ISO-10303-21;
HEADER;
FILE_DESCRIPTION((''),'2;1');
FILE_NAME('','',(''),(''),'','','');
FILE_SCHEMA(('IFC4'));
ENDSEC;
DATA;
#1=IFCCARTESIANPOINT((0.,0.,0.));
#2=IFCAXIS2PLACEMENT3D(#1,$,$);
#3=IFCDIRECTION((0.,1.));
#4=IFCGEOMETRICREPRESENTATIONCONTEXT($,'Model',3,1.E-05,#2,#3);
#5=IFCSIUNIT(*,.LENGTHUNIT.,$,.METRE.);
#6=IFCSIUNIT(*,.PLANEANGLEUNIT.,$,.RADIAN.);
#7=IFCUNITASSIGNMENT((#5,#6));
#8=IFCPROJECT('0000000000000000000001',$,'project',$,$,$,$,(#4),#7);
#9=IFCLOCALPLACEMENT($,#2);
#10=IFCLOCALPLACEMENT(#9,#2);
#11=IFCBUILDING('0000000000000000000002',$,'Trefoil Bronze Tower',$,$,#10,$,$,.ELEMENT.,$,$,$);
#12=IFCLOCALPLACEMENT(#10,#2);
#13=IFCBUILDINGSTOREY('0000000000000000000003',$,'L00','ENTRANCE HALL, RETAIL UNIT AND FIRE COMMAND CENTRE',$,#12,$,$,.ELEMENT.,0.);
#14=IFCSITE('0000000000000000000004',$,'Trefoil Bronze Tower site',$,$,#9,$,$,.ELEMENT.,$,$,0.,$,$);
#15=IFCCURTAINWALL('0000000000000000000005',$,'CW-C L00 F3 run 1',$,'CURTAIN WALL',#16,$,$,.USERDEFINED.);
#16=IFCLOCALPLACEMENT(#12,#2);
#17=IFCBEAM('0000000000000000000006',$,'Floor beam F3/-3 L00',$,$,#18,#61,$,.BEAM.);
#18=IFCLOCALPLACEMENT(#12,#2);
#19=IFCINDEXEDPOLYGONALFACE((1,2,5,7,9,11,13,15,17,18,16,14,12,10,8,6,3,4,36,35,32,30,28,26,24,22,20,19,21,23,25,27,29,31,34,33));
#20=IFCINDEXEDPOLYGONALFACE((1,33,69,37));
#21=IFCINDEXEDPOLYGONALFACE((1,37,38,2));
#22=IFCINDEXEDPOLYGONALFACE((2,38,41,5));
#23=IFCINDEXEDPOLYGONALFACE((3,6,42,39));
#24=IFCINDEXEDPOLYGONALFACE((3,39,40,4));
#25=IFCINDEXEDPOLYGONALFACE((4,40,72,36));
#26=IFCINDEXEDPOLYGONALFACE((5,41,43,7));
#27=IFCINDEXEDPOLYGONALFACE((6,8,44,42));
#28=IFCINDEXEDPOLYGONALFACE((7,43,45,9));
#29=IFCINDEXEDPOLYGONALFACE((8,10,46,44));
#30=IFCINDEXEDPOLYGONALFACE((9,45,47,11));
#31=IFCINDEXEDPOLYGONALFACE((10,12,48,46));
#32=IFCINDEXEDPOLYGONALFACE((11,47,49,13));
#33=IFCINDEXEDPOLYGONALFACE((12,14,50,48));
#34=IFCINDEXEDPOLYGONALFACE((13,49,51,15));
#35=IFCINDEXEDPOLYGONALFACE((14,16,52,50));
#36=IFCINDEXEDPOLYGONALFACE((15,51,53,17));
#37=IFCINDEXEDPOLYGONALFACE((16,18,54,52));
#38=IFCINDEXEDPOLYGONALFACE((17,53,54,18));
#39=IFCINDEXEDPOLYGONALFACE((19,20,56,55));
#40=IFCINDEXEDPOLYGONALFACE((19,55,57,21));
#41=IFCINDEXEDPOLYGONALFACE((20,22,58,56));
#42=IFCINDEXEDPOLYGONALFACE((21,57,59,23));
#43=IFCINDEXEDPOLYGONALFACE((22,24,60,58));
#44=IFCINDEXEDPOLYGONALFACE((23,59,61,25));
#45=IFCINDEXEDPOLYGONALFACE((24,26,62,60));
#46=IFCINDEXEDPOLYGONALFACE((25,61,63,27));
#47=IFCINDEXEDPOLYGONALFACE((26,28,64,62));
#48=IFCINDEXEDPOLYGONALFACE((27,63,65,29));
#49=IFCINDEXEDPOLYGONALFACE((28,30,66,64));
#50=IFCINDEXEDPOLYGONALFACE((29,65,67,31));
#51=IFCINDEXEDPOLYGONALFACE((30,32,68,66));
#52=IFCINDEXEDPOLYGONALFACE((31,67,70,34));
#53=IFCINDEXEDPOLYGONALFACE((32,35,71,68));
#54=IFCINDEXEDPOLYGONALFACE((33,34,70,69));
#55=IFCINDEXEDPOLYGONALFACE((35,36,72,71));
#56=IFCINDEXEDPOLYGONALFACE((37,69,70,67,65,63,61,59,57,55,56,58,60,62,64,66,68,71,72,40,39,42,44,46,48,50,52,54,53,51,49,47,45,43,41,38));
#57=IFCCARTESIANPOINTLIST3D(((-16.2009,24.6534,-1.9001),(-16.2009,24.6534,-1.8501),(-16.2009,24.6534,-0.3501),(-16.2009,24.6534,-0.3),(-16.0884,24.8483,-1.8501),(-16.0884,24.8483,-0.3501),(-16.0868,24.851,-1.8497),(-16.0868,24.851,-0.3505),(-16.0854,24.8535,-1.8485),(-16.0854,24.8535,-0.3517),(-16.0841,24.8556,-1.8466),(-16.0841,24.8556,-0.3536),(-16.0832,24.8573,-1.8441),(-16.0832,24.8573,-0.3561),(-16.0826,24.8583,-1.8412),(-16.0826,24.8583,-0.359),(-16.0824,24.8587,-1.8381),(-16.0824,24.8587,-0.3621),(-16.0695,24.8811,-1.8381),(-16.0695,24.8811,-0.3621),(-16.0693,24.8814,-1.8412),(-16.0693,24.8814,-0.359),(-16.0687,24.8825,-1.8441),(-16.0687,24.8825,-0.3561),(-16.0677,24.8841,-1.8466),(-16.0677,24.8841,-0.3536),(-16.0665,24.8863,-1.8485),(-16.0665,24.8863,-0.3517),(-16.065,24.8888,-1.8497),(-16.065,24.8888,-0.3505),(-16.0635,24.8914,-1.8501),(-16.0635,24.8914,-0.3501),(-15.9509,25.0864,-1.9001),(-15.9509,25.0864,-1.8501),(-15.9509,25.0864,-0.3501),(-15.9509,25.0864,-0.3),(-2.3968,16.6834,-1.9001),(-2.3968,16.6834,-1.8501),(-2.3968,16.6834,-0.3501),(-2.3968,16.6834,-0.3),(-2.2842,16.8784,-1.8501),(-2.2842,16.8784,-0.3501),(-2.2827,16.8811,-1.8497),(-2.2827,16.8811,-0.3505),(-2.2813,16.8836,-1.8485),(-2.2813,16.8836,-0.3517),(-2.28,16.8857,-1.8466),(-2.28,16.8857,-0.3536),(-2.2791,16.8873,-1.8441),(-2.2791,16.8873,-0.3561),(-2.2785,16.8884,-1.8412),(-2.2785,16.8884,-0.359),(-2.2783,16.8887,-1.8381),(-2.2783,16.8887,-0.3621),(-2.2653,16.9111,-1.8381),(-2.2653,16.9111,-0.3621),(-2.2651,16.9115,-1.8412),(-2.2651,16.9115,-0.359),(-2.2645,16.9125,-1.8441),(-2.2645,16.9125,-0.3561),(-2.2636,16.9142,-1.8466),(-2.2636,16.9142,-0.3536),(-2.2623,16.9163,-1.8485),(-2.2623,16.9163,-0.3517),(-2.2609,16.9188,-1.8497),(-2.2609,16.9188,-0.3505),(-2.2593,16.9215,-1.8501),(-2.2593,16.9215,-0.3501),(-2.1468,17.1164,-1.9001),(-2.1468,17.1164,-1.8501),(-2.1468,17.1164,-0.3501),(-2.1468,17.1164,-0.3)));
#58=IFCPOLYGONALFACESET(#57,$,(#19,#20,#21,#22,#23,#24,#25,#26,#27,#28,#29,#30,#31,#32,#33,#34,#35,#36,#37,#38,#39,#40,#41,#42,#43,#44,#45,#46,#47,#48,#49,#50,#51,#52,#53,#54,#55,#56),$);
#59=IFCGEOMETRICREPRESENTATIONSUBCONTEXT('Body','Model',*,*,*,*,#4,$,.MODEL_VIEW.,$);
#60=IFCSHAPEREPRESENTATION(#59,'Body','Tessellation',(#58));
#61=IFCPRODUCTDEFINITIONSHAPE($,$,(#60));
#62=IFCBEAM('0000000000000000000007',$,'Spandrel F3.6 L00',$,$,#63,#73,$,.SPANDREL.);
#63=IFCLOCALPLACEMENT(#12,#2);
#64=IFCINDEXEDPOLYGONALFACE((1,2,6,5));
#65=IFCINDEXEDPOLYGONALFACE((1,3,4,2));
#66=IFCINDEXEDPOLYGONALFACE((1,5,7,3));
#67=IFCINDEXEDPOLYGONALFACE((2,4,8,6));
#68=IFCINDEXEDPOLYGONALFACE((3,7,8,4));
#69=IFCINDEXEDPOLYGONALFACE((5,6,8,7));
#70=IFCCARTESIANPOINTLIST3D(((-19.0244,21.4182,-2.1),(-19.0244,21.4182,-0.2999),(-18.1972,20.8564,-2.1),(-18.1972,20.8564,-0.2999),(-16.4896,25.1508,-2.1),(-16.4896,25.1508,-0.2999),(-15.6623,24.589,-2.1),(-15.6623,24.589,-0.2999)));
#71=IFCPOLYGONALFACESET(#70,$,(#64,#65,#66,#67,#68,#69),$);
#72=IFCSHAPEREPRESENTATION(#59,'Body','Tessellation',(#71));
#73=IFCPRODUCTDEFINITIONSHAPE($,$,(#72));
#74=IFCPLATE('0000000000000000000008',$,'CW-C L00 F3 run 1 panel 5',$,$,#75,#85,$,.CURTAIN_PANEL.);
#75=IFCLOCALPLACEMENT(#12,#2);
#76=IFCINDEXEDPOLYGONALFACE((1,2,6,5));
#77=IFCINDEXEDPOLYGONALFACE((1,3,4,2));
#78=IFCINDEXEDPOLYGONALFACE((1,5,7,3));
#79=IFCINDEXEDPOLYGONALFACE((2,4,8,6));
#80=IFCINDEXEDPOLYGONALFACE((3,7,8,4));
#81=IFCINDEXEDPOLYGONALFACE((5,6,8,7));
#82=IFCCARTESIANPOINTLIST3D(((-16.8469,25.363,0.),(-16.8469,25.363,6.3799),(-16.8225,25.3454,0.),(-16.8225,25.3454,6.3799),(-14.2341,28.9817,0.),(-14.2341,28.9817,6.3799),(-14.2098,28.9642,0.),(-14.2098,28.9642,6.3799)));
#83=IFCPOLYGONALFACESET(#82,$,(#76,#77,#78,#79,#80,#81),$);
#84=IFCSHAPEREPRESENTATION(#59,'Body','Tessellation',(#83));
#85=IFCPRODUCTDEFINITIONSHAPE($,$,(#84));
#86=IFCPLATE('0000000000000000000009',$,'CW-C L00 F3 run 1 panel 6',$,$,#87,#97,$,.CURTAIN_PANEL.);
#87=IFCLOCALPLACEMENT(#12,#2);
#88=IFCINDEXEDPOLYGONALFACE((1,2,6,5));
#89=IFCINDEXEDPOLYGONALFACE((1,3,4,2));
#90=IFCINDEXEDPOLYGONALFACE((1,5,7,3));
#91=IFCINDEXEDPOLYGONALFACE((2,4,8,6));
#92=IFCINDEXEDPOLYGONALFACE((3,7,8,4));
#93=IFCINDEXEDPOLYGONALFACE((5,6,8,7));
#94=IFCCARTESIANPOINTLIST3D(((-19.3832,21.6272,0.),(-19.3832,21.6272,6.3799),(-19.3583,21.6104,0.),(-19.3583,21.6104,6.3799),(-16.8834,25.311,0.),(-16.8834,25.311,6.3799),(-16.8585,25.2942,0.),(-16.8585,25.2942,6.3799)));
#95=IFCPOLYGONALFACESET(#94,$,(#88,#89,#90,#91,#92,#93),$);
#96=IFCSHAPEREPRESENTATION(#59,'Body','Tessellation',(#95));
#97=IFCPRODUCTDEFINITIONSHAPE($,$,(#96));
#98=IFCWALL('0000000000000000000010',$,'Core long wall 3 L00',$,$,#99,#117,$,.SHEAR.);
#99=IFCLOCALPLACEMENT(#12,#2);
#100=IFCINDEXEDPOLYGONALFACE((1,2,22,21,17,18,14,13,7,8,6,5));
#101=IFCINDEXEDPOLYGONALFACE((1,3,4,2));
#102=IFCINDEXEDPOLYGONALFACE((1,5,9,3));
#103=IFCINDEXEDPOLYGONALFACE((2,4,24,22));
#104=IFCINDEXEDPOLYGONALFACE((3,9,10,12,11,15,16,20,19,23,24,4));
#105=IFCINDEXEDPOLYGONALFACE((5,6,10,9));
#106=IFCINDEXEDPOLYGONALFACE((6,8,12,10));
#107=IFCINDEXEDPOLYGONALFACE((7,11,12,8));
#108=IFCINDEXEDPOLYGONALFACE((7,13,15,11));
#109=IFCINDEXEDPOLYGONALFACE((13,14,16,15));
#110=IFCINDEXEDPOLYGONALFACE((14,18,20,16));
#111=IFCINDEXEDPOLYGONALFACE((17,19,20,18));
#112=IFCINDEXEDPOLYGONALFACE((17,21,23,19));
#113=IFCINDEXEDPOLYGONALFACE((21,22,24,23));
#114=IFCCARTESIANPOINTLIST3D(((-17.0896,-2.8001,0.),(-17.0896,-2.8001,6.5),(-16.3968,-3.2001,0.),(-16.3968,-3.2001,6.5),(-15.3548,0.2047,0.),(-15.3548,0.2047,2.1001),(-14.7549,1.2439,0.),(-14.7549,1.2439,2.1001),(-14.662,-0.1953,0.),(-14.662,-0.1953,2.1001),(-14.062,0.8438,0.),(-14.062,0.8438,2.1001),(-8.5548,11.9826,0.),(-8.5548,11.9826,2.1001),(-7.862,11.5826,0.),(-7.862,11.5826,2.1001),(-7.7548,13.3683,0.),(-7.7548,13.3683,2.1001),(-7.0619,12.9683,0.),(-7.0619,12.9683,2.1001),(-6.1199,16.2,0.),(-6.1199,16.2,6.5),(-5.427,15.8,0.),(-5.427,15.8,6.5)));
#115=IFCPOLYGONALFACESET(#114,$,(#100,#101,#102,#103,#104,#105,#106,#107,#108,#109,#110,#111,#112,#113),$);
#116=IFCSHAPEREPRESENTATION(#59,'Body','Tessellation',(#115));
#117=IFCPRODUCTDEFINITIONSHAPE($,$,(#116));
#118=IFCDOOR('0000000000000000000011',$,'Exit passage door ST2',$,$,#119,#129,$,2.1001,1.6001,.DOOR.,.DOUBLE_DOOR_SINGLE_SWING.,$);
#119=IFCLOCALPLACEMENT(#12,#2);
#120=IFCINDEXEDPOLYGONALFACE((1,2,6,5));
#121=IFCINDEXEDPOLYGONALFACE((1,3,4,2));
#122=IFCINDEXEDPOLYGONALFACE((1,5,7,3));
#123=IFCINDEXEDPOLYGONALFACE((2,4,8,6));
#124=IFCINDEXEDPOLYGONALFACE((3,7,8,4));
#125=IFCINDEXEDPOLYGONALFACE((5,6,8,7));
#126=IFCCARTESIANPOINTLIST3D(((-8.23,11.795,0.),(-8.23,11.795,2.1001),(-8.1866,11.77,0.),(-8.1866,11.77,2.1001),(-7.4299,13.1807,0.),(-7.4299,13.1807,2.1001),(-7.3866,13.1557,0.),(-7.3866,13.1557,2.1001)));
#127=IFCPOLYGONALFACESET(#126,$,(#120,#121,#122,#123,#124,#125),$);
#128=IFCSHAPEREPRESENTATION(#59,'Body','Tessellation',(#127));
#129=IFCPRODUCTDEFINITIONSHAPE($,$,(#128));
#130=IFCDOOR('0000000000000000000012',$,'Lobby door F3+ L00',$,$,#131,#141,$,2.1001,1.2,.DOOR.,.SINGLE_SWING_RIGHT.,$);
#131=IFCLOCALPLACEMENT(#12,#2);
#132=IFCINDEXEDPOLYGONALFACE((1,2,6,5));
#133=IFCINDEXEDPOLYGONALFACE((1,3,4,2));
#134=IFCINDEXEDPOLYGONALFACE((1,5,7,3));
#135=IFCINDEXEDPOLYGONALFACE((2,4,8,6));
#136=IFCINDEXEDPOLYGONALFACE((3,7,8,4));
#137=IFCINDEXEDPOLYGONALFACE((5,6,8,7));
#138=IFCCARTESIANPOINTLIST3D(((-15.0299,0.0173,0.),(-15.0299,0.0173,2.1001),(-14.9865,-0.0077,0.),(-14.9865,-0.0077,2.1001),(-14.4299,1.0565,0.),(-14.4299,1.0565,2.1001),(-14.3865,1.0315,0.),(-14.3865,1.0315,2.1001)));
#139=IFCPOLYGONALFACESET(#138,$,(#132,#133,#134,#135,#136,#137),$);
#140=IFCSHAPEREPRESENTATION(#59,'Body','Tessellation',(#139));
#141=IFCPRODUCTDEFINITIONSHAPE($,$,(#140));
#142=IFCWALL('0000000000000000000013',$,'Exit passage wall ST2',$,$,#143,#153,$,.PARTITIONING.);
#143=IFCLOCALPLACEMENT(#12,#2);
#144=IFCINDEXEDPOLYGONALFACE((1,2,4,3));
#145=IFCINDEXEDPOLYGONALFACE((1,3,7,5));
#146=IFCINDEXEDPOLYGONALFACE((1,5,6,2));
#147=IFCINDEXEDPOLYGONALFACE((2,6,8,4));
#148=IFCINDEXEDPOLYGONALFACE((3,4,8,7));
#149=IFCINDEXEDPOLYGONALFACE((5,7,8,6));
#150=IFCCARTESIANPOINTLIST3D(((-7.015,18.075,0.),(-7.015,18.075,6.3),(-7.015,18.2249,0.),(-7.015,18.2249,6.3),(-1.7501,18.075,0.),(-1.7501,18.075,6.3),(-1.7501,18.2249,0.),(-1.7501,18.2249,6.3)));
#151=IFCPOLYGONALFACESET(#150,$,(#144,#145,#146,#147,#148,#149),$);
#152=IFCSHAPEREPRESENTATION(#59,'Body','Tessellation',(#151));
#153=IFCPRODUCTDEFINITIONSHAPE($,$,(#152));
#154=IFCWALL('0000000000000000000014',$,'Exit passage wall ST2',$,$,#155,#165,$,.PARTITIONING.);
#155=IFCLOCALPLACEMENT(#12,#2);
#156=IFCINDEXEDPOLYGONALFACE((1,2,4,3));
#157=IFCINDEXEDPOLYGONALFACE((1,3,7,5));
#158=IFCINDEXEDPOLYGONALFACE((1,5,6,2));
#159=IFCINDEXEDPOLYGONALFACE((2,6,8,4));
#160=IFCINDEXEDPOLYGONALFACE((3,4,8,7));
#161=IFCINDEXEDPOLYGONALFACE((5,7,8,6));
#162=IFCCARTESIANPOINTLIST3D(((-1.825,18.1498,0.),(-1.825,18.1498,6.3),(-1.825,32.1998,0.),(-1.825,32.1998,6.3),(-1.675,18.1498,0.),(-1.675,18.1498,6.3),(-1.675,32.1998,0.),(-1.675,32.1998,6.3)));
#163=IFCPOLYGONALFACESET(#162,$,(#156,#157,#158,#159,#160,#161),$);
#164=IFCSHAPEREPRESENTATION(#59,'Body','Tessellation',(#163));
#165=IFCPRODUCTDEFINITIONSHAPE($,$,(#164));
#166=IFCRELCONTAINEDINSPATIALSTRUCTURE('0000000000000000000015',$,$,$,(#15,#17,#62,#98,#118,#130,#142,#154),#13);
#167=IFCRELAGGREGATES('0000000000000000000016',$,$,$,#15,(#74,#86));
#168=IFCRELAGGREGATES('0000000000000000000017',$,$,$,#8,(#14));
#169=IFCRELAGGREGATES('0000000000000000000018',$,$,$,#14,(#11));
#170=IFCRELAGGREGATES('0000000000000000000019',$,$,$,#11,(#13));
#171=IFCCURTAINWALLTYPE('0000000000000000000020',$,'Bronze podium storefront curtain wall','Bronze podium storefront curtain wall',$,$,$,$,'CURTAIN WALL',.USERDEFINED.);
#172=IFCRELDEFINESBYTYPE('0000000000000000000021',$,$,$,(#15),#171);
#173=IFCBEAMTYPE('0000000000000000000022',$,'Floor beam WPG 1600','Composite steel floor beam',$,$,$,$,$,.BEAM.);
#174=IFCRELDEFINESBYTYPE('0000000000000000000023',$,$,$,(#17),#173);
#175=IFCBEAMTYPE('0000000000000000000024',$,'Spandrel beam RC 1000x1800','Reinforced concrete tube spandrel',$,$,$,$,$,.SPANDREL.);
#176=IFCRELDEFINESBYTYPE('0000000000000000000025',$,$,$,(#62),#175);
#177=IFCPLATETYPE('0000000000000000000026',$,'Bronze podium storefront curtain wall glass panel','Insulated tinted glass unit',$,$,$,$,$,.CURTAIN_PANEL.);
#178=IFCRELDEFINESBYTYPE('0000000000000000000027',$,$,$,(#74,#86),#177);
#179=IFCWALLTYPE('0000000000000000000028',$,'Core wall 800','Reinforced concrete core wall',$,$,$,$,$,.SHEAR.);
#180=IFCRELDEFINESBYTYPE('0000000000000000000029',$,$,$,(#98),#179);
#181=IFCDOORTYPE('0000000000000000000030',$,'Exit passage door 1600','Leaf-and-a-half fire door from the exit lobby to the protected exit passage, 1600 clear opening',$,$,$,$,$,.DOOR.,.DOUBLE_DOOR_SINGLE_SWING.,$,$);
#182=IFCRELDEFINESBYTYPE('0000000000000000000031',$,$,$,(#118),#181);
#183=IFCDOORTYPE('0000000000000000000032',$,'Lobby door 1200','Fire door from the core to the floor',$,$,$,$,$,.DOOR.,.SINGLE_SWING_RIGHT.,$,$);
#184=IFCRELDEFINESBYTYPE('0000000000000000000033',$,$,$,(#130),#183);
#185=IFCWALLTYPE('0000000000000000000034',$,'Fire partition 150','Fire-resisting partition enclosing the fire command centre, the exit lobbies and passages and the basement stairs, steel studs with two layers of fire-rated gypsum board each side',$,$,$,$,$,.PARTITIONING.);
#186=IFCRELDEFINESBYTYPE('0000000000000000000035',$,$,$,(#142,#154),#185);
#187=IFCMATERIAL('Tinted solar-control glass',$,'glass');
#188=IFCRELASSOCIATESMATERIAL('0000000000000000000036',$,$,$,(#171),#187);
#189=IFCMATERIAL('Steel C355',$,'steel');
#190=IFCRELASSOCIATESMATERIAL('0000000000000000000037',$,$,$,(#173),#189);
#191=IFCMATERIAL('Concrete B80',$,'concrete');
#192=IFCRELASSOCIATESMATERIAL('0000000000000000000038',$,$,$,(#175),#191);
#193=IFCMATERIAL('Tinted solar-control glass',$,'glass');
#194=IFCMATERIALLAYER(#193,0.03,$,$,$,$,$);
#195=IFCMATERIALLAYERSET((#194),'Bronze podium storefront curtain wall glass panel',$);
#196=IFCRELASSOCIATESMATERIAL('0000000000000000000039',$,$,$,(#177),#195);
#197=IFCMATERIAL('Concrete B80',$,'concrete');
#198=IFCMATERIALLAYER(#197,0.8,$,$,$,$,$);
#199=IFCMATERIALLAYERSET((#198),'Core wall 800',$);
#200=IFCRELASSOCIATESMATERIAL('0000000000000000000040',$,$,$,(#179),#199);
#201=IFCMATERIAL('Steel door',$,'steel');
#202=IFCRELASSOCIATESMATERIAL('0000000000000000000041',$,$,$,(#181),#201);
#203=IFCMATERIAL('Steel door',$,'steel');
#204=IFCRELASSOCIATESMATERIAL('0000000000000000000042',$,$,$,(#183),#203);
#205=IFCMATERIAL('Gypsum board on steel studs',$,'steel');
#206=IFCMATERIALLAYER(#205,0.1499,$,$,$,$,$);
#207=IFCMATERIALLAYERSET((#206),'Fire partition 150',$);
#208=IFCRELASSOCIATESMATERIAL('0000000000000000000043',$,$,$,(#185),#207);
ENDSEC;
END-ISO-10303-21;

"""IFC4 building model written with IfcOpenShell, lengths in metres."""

from ifc_helpers import new_model, si_unit, direction, frame, frame_2d, origin, origin_2d, place, context, subcontext, project, spatial, rectangle, i_section, extrude, material, layer, layer_set, material_profile, profile_set, type_object, element, fill, aggregate, save


model = new_model("IFC4")

# Units and contexts
model_context = context("Model", 3, precision=1e-05, world=origin(), true_north=direction((0.0, 1.0)))
body_context = subcontext(model_context, "Body", "Model", "MODEL_VIEW")
ifc_project = project(units=[si_unit("LENGTHUNIT", "METRE"), si_unit("PLANEANGLEUNIT", "RADIAN")], contexts=[model_context])

# Site, building, storey
site_placement = place(None, origin())
site = spatial("IfcSite", under=ifc_project, at=site_placement, Name="Trefoil Bronze Tower site", CompositionType="ELEMENT", RefElevation=0.0)
building_placement = place(site_placement, origin())
building = spatial("IfcBuilding", under=site, at=building_placement, Name="Trefoil Bronze Tower", CompositionType="ELEMENT")
storey_placement = place(building_placement, origin())
storey = spatial("IfcBuildingStorey", under=building, at=storey_placement, Name="L00", Description="ENTRANCE HALL, RETAIL UNIT AND FIRE COMMAND CENTRE", CompositionType="ELEMENT", Elevation=0.0)

# Curtain wall
ifc_material_1 = material(Name="Tinted solar-control glass", Category="glass")
curtain_wall_type = type_object("IfcCurtainWallType", Name="Bronze podium storefront curtain wall", Description="Bronze podium storefront curtain wall", ElementType="CURTAIN WALL", PredefinedType="USERDEFINED", material=ifc_material_1)
curtain_wall_placement = place(storey_placement, origin())
curtain_wall = element("IfcCurtainWall", 1, at=curtain_wall_placement, inside=storey, type_object=curtain_wall_type, Name="CW-C L00 F3 run 1", ObjectType="CURTAIN WALL", PredefinedType="USERDEFINED")

# Beams
ifc_material_2 = material(Name="Steel C355", Category="steel")
ifc_material_profile_1 = material_profile(ifc_material_2, i_section(OverallWidth=0.5, OverallDepth=1.6001, WebThickness=0.0259, FlangeThickness=0.05, FilletRadius=0.012, at=origin_2d()), Name="WPG 1600")
ifc_profile_set_1 = profile_set([ifc_material_profile_1], Name="Steel C355")
beam_type_1 = type_object("IfcBeamType", Name="Floor beam WPG 1600", Description="Composite steel floor beam", PredefinedType="BEAM", material=ifc_profile_set_1)
beam_1_placement = place(storey_placement, frame((-16.0759, 24.8699, -1.1001), z_axis=(0.866022, -0.500005, 0.0), x_axis=(0.500005, 0.866022, 0.0)))
element("IfcBeam", 2, at=beam_1_placement, inside=storey, type_object=beam_type_1, Name="Floor beam F3/-3 L00", PredefinedType="BEAM", context=body_context, shape_type="SweptSolid", body=[
    extrude(i_section(OverallWidth=0.5, OverallDepth=1.6001, WebThickness=0.0259, FlangeThickness=0.05, FilletRadius=0.012, at=origin_2d()), origin(), (0.0, 0.0, 1.0), 15.9397),
])
ifc_material_3 = material(Name="Concrete B80", Category="concrete")
ifc_material_profile_2 = material_profile(ifc_material_3, rectangle(XDim=1.0, YDim=1.8, at=origin_2d()), Name="RC 1000x1800")
ifc_profile_set_2 = profile_set([ifc_material_profile_2], Name="Concrete B80")
beam_type_2 = type_object("IfcBeamType", Name="Spandrel beam RC 1000x1800", Description="Reinforced concrete tube spandrel", PredefinedType="SPANDREL", material=ifc_profile_set_2)
beam_2_placement = place(storey_placement, frame((-16.0759, 24.8699, -1.2), z_axis=(-0.56181, -0.827267, 0.0), x_axis=(0.827267, -0.56181, 0.0)))
element("IfcBeam", 3, at=beam_2_placement, inside=storey, type_object=beam_type_2, Name="Spandrel F3.6 L00", PredefinedType="SPANDREL", context=body_context, shape_type="SweptSolid", body=[
    extrude(rectangle(XDim=1.0, YDim=1.8, at=origin_2d()), origin(), (0.0, 0.0, 1.0), 4.512),
])

# Plates
ifc_material_4 = material(Name="Tinted solar-control glass", Category="glass")
ifc_layer_1 = layer(ifc_material_4, 0.03)
ifc_layer_set_1 = layer_set([ifc_layer_1], Name="Bronze podium storefront curtain wall glass panel")
plate_type = type_object("IfcPlateType", Name="Bronze podium storefront curtain wall glass panel", Description="Insulated tinted glass unit", PredefinedType="CURTAIN_PANEL", material=ifc_layer_set_1)
plate_1_placement = place(storey_placement, frame((-15.5283, 27.1636, 0.0), z_axis=(0.0, 0.0, 1.0), x_axis=(-0.585373, -0.810764, 0.0)))
plate_1 = element("IfcPlate", 4, at=plate_1_placement, type_object=plate_type, Name="CW-C L00 F3 run 1 panel 5", PredefinedType="CURTAIN_PANEL", context=body_context, shape_type="SweptSolid", body=[
    extrude(rectangle(XDim=4.4634, YDim=0.03, at=origin_2d()), origin(), (0.0, 0.0, 1.0), 6.3799),
])
plate_2_placement = place(storey_placement, frame((-18.1208, 23.4607, 0.0), z_axis=(0.0, 0.0, 1.0), x_axis=(-0.56151, -0.82747, 0.0)))
plate_2 = element("IfcPlate", 5, at=plate_2_placement, type_object=plate_type, Name="CW-C L00 F3 run 1 panel 6", PredefinedType="CURTAIN_PANEL", context=body_context, shape_type="SweptSolid", body=[
    extrude(rectangle(XDim=4.4519, YDim=0.03, at=origin_2d()), origin(), (0.0, 0.0, 1.0), 6.3799),
])
aggregate(curtain_wall, [plate_1, plate_2])

# Wall, openings, doors
ifc_material_5 = material(Name="Concrete B80", Category="concrete")
ifc_layer_2 = layer(ifc_material_5, 0.8)
ifc_layer_set_2 = layer_set([ifc_layer_2], Name="Core wall 800")
wall_type_1 = type_object("IfcWallType", Name="Core wall 800", Description="Reinforced concrete core wall", PredefinedType="SHEAR", material=ifc_layer_set_2)
wall_1_placement = place(storey_placement, frame((-5.7734, 16.0, 0.0), z_axis=(0.0, 0.0, 1.0), x_axis=(-0.500002, -0.866024, 0.0)))
wall_1 = element("IfcWall", 6, at=wall_1_placement, inside=storey, type_object=wall_type_1, Name="Core long wall 3 L00", PredefinedType="SHEAR", context=body_context, shape_type="SweptSolid", body=[
    extrude(rectangle(XDim=21.9395, YDim=0.8, at=frame_2d((10.9697, 0.0))), origin(), (0.0, 0.0, 1.0), 6.5),
])
opening_1_placement = place(wall_1_placement, frame((17.2698, 0.0, 0.0)))
opening_1 = element("IfcOpeningElement", 7, at=opening_1_placement, cuts=wall_1, PredefinedType="OPENING", context=body_context, shape_type="SweptSolid", body=[
    extrude(rectangle(XDim=1.2, YDim=2.1001, at=frame_2d((0.6001, 1.05))), frame((0.0, 0.4099, 0.0), z_axis=(0.0, -1.0, 0.0), x_axis=(1.0, 0.0, 0.0)), (0.0, 0.0, 1.0), 0.8201),
])
opening_2_placement = place(wall_1_placement, frame((3.2698, 0.0, 0.0)))
opening_2 = element("IfcOpeningElement", 8, at=opening_2_placement, cuts=wall_1, PredefinedType="OPENING", context=body_context, shape_type="SweptSolid", body=[
    extrude(rectangle(XDim=1.6001, YDim=2.1001, at=frame_2d((0.8, 1.05))), frame((0.0, 0.4099, 0.0), z_axis=(0.0, -1.0, 0.0), x_axis=(1.0, 0.0, 0.0)), (0.0, 0.0, 1.0), 0.8201),
])
ifc_material_6 = material(Name="Steel door", Category="steel")
door_type_1 = type_object("IfcDoorType", Name="Exit passage door 1600", Description="Leaf-and-a-half fire door from the exit lobby to the protected exit passage, 1600 clear opening", OperationType="DOUBLE_DOOR_SINGLE_SWING", PredefinedType="DOOR", material=ifc_material_6)
door_1_placement = place(opening_2_placement, frame((1.6001, 0.0, 0.0), z_axis=(0.0, 0.0, 1.0), x_axis=(-1.0, 0.0, 0.0)))
door_1 = element("IfcDoor", 9, at=door_1_placement, inside=storey, type_object=door_type_1, Name="Exit passage door ST2", OperationType="DOUBLE_DOOR_SINGLE_SWING", OverallHeight=2.1001, OverallWidth=1.6001, PredefinedType="DOOR", context=body_context, shape_type="SweptSolid", body=[
    extrude(rectangle(XDim=1.6001, YDim=2.1001, at=frame_2d((0.8, 1.05))), frame((0.0, 0.0249, 0.0), z_axis=(0.0, -1.0, 0.0), x_axis=(1.0, 0.0, 0.0)), (0.0, 0.0, 1.0), 0.05),
])
fill(opening_2, door_1)
ifc_material_7 = material(Name="Steel door", Category="steel")
door_type_2 = type_object("IfcDoorType", Name="Lobby door 1200", Description="Fire door from the core to the floor", OperationType="SINGLE_SWING_RIGHT", PredefinedType="DOOR", material=ifc_material_7)
door_2_placement = place(opening_1_placement, frame((1.2, 0.0, 0.0), z_axis=(0.0, 0.0, 1.0), x_axis=(-1.0, 0.0, 0.0)))
door_2 = element("IfcDoor", 10, at=door_2_placement, inside=storey, type_object=door_type_2, Name="Lobby door F3+ L00", OperationType="SINGLE_SWING_RIGHT", OverallHeight=2.1001, OverallWidth=1.2, PredefinedType="DOOR", context=body_context, shape_type="SweptSolid", body=[
    extrude(rectangle(XDim=1.2, YDim=2.1001, at=frame_2d((0.6001, 1.05))), frame((0.0, 0.0249, 0.0), z_axis=(0.0, -1.0, 0.0), x_axis=(1.0, 0.0, 0.0)), (0.0, 0.0, 1.0), 0.05),
])
fill(opening_1, door_2)

# Walls
ifc_material_8 = material(Name="Gypsum board on steel studs", Category="steel")
ifc_layer_3 = layer(ifc_material_8, 0.1499)
ifc_layer_set_3 = layer_set([ifc_layer_3], Name="Fire partition 150")
wall_type_2 = type_object("IfcWallType", Name="Fire partition 150", Description="Fire-resisting partition enclosing the fire command centre, the exit lobbies and passages and the basement stairs, steel studs with two layers of fire-rated gypsum board each side", PredefinedType="PARTITIONING", material=ifc_layer_set_3)
wall_2_placement = place(storey_placement, frame((-7.0149, 18.1499, 0.0), z_axis=(0.0, 0.0, 1.0), x_axis=(1.0, 0.0, 0.0)))
element("IfcWall", 11, at=wall_2_placement, inside=storey, type_object=wall_type_2, Name="Exit passage wall ST2", PredefinedType="PARTITIONING", context=body_context, shape_type="SweptSolid", body=[
    extrude(rectangle(XDim=5.2649, YDim=0.1499, at=frame_2d((2.6323, 0.0))), origin(), (0.0, 0.0, 1.0), 6.3),
])
wall_3_placement = place(storey_placement, frame((-1.75, 18.1499, 0.0), z_axis=(0.0, 0.0, 1.0), x_axis=(0.0, 1.0, 0.0)))
element("IfcWall", 12, at=wall_3_placement, inside=storey, type_object=wall_type_2, Name="Exit passage wall ST2", PredefinedType="PARTITIONING", context=body_context, shape_type="SweptSolid", body=[
    extrude(rectangle(XDim=14.05, YDim=0.1499, at=frame_2d((7.0249, 0.0))), origin(), (0.0, 0.0, 1.0), 6.3),
])

save(model, "model.ifc")
